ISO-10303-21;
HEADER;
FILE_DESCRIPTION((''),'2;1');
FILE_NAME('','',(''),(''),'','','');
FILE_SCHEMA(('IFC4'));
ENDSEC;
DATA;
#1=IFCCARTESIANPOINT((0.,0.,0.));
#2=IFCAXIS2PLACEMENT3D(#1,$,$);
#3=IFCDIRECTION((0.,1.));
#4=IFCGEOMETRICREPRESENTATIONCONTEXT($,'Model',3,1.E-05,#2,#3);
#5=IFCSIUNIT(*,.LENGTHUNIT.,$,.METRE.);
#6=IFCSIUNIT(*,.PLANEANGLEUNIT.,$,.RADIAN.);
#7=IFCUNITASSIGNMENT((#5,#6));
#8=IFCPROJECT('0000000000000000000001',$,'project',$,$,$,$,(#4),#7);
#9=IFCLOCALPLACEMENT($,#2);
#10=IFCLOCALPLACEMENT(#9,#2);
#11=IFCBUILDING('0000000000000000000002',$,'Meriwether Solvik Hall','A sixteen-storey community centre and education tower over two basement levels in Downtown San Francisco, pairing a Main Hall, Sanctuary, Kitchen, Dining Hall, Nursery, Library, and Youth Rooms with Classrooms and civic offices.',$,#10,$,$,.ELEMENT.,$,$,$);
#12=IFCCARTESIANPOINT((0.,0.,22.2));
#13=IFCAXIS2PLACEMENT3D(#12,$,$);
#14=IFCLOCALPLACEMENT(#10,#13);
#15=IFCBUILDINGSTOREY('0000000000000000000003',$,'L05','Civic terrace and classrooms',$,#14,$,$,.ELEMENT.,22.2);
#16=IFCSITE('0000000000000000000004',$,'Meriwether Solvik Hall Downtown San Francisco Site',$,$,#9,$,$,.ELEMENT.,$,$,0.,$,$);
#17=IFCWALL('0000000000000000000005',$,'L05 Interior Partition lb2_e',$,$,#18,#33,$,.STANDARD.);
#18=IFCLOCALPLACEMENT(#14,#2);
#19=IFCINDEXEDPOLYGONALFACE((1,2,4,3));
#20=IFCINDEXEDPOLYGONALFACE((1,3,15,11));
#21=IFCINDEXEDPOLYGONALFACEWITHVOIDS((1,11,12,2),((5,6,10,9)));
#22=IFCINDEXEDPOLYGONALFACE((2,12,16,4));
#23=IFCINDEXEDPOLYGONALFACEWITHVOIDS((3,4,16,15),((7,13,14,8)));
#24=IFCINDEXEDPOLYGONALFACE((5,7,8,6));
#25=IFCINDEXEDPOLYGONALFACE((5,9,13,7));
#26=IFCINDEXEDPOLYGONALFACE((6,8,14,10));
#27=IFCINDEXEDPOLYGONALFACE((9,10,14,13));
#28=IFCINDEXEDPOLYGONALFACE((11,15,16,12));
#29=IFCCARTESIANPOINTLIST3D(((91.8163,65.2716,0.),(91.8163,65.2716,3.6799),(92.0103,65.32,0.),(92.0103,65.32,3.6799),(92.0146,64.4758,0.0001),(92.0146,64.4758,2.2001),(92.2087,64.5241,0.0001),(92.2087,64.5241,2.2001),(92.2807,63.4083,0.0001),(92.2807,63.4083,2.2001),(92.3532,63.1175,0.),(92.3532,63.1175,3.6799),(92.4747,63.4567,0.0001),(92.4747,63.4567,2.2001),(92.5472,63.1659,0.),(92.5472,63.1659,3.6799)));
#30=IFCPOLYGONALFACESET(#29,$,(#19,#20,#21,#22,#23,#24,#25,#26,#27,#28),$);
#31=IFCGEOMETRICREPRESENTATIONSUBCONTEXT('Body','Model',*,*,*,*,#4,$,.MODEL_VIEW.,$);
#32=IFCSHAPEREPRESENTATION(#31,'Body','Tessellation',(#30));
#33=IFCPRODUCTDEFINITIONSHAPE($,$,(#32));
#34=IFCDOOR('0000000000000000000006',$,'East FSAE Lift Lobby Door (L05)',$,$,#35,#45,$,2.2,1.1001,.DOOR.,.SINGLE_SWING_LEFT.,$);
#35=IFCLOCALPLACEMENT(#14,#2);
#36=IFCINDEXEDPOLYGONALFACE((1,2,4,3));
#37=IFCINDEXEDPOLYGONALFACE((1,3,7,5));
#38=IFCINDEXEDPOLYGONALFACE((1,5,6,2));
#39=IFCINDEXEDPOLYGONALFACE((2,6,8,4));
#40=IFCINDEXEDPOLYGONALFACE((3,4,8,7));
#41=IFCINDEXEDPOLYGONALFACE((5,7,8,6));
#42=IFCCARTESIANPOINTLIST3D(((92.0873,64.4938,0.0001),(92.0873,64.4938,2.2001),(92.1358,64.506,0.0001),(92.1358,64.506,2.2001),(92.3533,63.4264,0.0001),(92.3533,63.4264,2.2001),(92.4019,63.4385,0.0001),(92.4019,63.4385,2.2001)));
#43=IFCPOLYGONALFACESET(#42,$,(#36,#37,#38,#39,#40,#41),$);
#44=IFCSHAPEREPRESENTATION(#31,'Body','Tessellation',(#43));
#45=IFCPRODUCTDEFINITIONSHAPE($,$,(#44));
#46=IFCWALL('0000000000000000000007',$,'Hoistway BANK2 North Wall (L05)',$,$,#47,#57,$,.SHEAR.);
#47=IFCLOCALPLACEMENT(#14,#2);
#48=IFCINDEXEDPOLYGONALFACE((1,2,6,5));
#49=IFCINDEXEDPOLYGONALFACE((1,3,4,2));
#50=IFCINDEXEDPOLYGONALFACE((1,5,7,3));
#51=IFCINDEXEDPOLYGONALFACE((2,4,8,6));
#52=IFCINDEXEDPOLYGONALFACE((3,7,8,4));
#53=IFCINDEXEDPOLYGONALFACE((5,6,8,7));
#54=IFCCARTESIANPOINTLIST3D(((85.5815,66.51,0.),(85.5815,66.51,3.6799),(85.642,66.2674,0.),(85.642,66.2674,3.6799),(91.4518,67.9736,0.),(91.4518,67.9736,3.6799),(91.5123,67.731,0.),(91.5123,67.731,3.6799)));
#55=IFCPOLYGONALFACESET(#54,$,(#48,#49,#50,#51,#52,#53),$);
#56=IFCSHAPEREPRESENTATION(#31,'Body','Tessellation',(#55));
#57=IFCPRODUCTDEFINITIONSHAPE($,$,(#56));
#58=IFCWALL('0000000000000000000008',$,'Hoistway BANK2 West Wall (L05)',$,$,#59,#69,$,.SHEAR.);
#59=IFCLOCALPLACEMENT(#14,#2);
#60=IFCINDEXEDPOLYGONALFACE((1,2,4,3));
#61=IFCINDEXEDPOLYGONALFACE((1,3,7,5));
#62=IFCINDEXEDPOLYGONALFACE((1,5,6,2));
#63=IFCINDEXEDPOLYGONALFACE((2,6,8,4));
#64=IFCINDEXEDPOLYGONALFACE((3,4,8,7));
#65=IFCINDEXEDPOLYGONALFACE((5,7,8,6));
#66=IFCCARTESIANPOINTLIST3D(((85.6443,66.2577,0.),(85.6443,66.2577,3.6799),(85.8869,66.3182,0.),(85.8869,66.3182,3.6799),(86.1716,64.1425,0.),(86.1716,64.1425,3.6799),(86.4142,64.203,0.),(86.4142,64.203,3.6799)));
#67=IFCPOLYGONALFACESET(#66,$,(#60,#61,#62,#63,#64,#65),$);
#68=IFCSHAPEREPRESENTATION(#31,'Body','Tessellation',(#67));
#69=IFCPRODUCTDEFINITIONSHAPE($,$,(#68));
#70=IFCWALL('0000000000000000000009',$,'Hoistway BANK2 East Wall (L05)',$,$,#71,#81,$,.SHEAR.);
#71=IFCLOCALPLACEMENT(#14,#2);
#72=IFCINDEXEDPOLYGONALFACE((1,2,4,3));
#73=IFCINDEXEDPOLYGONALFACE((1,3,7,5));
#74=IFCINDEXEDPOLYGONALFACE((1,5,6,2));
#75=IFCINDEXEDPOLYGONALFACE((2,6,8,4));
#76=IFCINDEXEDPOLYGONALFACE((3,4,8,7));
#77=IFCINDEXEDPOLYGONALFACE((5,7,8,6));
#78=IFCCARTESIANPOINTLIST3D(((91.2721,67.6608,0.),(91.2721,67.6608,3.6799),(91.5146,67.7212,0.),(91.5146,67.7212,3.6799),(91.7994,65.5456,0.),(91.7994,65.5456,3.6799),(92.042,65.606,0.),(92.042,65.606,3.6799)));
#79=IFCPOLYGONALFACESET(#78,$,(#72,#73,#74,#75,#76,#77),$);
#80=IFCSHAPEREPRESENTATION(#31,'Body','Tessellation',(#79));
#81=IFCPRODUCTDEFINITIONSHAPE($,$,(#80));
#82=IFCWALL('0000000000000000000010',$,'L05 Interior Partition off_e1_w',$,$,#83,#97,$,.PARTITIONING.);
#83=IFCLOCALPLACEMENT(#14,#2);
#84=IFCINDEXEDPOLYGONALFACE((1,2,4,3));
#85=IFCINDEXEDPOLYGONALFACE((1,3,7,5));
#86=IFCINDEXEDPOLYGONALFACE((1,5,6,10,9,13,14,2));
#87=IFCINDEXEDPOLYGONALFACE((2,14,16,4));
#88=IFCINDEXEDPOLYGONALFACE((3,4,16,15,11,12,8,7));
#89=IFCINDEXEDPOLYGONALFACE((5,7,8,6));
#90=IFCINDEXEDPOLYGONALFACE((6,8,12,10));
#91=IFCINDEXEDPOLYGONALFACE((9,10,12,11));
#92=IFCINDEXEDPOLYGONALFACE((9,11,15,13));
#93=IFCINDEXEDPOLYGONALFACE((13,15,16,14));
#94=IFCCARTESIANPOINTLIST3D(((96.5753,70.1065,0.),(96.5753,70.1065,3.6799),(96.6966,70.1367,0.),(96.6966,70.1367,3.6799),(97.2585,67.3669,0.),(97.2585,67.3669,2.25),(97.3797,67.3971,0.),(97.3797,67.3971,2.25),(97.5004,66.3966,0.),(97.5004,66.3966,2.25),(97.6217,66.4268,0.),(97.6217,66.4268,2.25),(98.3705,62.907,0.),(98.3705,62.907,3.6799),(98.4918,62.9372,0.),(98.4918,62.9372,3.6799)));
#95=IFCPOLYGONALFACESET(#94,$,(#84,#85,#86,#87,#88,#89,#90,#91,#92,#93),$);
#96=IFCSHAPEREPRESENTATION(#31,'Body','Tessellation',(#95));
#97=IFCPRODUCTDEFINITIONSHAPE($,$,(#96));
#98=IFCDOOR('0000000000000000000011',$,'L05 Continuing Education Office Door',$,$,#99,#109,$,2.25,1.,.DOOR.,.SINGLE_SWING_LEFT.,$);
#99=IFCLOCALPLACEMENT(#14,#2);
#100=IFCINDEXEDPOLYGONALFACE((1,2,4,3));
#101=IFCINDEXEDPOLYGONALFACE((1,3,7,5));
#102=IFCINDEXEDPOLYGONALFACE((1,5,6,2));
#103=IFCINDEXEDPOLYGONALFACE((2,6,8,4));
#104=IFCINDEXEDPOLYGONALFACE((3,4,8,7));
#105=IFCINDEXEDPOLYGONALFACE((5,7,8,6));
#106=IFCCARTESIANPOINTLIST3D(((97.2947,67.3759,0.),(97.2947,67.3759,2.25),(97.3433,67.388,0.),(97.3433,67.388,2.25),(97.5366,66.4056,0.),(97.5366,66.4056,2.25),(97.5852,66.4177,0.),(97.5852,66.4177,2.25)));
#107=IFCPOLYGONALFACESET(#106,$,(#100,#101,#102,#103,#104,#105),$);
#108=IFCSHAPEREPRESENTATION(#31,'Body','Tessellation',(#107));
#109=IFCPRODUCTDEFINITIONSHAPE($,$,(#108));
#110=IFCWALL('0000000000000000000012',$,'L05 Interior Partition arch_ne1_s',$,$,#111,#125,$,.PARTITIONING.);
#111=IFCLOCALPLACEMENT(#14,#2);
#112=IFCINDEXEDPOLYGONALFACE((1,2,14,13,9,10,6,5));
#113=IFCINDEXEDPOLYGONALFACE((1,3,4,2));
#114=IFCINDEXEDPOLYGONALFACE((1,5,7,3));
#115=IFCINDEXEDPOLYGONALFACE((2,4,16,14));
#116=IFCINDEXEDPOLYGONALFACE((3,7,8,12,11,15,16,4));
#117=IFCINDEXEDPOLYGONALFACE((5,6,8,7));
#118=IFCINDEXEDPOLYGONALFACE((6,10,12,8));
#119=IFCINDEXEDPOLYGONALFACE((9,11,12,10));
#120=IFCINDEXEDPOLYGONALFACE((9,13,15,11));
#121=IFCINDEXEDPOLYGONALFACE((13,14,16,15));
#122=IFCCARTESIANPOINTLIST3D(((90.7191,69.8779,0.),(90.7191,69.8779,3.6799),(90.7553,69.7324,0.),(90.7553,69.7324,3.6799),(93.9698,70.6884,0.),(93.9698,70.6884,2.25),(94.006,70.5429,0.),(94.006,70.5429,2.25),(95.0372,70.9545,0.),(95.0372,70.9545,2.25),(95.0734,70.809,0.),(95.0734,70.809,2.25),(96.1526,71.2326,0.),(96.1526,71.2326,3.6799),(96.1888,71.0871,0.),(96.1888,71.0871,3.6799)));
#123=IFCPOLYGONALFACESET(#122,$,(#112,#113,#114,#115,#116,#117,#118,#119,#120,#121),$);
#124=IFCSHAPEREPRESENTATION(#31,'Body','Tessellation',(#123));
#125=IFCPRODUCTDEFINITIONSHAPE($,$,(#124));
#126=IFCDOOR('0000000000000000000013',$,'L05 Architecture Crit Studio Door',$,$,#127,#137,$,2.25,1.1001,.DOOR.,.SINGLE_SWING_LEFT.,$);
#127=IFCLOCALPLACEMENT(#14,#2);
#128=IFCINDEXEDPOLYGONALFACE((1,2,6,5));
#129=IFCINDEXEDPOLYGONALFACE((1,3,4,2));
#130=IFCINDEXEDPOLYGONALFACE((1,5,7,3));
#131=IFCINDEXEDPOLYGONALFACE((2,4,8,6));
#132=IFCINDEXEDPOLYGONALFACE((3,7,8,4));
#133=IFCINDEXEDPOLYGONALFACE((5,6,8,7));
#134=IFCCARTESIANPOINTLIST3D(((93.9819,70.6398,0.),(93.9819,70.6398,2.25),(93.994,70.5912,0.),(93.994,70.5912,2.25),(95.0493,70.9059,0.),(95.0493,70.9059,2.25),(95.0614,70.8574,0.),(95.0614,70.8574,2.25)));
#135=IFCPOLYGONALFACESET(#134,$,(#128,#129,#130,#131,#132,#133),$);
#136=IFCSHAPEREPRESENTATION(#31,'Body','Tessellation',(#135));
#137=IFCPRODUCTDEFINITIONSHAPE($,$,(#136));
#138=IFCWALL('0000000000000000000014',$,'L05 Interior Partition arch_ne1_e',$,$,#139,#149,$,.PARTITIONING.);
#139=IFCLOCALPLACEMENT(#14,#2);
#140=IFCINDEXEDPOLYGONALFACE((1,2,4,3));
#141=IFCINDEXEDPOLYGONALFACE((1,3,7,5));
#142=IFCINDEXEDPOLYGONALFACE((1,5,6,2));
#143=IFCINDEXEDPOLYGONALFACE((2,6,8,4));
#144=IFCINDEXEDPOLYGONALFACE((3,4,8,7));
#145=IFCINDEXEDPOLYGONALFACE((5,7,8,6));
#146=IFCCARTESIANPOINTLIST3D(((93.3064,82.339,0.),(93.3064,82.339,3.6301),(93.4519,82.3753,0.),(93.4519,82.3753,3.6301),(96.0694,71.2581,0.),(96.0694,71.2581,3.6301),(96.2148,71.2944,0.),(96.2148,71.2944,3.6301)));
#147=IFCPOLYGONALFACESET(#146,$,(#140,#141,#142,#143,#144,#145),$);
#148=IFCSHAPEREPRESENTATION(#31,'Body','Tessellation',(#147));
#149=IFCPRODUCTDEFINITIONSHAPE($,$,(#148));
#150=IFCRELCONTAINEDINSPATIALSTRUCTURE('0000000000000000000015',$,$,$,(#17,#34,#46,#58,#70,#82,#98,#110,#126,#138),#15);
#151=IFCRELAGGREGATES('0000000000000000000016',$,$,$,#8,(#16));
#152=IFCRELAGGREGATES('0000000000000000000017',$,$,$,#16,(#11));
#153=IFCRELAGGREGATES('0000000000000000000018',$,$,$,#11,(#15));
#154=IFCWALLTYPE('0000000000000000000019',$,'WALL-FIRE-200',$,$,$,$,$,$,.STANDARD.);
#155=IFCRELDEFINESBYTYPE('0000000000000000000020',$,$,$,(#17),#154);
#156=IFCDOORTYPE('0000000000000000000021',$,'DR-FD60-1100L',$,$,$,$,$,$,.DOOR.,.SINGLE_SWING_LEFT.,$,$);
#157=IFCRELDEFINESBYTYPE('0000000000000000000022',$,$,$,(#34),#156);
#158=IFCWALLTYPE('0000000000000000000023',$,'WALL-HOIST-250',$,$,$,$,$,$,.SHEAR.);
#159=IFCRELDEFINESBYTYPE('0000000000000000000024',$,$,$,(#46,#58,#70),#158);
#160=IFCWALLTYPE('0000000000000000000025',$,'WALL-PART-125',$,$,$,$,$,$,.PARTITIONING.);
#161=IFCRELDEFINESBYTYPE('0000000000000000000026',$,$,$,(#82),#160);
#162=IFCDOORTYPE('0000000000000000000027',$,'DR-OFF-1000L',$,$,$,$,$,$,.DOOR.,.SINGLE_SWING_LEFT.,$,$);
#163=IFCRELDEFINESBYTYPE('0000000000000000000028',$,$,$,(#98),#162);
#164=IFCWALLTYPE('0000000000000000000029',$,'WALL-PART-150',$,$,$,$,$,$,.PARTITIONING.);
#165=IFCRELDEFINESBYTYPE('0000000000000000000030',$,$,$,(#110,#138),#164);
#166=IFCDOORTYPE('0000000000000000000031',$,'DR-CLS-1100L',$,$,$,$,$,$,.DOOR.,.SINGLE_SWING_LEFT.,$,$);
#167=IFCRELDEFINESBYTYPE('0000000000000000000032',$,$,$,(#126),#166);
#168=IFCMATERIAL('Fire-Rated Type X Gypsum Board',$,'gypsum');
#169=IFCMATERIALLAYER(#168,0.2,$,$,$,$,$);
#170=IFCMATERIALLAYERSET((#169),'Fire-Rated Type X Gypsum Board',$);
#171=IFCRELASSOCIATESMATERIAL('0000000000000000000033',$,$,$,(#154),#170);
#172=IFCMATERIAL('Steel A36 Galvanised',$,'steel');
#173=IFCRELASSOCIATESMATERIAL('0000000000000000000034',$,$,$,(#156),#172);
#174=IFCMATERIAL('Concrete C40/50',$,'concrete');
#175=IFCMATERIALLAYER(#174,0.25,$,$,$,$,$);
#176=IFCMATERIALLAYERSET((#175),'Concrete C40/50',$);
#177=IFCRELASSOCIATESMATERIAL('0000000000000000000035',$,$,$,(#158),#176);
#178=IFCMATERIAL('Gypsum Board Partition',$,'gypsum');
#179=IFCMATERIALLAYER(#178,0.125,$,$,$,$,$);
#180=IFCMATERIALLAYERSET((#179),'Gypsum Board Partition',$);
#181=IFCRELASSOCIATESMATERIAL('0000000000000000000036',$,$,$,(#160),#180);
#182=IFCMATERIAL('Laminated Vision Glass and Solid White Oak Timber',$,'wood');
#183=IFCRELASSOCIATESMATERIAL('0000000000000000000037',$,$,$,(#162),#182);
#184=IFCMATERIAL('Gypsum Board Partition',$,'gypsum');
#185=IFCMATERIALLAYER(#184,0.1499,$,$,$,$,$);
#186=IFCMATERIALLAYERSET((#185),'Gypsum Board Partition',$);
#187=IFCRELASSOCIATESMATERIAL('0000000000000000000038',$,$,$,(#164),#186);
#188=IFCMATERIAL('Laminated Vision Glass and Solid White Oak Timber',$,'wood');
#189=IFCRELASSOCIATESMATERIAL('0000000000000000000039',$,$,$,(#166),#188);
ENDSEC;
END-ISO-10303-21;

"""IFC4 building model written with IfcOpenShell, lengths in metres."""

from ifc_helpers import new_model, si_unit, direction, frame, frame_2d, origin, place, context, subcontext, project, spatial, rectangle, extrude, material, layer, layer_set, type_object, element, fill, save


model = new_model("IFC4")

# Units and contexts
model_context = context("Model", 3, precision=1e-05, world=origin(), true_north=direction((0.0, 1.0)))
body_context = subcontext(model_context, "Body", "Model", "MODEL_VIEW")
ifc_project = project(units=[si_unit("LENGTHUNIT", "METRE"), si_unit("PLANEANGLEUNIT", "RADIAN")], contexts=[model_context])

# Site, building, storey
site_placement = place(None, origin())
site = spatial("IfcSite", under=ifc_project, at=site_placement, Name="Meriwether Solvik Hall Downtown San Francisco Site", CompositionType="ELEMENT", RefElevation=0.0)
building_placement = place(site_placement, origin())
building = spatial("IfcBuilding", under=site, at=building_placement, Name="Meriwether Solvik Hall", Description="A sixteen-storey community centre and education tower over two basement levels in Downtown San Francisco, pairing a Main Hall, Sanctuary, Kitchen, Dining Hall, Nursery, Library, and Youth Rooms with Classrooms and civic offices.", CompositionType="ELEMENT")
storey_placement = place(building_placement, frame((0.0, 0.0, 22.2)))
storey = spatial("IfcBuildingStorey", under=building, at=storey_placement, Name="L05", Description="Civic terrace and classrooms", CompositionType="ELEMENT", Elevation=22.2)

# Wall, opening, door
ifc_material_1 = material(Name="Fire-Rated Type X Gypsum Board", Category="gypsum")
ifc_layer_1 = layer(ifc_material_1, 0.2)
ifc_layer_set_1 = layer_set([ifc_layer_1], Name="Fire-Rated Type X Gypsum Board")
wall_type_1 = type_object("IfcWallType", Name="WALL-FIRE-200", PredefinedType="STANDARD", material=ifc_layer_set_1)
wall_1_placement = place(storey_placement, frame((91.9133, 65.2957, 0.0), z_axis=(0.0, 0.0, 1.0), x_axis=(0.241837, -0.970317, 0.0)))
wall_1 = element("IfcWall", 1, at=wall_1_placement, inside=storey, type_object=wall_type_1, Name="L05 Interior Partition lb2_e", PredefinedType="STANDARD", context=body_context, shape_type="SweptSolid", body=[
    extrude(rectangle(XDim=2.22, YDim=0.2, at=frame_2d((1.1099, 0.0))), origin(), (0.0, 0.0, 1.0), 3.6799),
])
opening_1_placement = place(wall_1_placement, frame((0.8201, 0.0, 0.0)))
opening_1 = element("IfcOpeningElement", 2, at=opening_1_placement, cuts=wall_1, PredefinedType="OPENING", context=body_context, shape_type="SweptSolid", body=[
    extrude(rectangle(XDim=1.1001, YDim=2.2, at=frame_2d((0.55, 1.1001))), frame((0.0, 0.1118, 0.0), z_axis=(0.0, -1.0, 0.0), x_axis=(1.0, 0.0, 0.0)), (0.0, 0.0, 1.0), 0.2239),
])
ifc_material_2 = material(Name="Steel A36 Galvanised", Category="steel")
door_type_1 = type_object("IfcDoorType", Name="DR-FD60-1100L", OperationType="SINGLE_SWING_LEFT", PredefinedType="DOOR", material=ifc_material_2)
door_1_placement = place(opening_1_placement, origin())
door_1 = element("IfcDoor", 3, at=door_1_placement, inside=storey, type_object=door_type_1, Name="East FSAE Lift Lobby Door (L05)", OperationType="SINGLE_SWING_LEFT", OverallHeight=2.2, OverallWidth=1.1001, PredefinedType="DOOR", context=body_context, shape_type="SweptSolid", body=[
    extrude(rectangle(XDim=1.1001, YDim=2.2, at=frame_2d((0.55, 1.1001))), frame((0.0, 0.0249, 0.0), z_axis=(0.0, -1.0, 0.0), x_axis=(1.0, 0.0, 0.0)), (0.0, 0.0, 1.0), 0.05),
])
fill(opening_1, door_1)

# Walls
ifc_material_3 = material(Name="Concrete C40/50", Category="concrete")
ifc_layer_2 = layer(ifc_material_3, 0.25)
ifc_layer_set_2 = layer_set([ifc_layer_2], Name="Concrete C40/50")
wall_type_2 = type_object("IfcWallType", Name="WALL-HOIST-250", PredefinedType="SHEAR", material=ifc_layer_set_2)
wall_2_placement = place(storey_placement, frame((91.4819, 67.8523, 0.0), z_axis=(0.0, 0.0, 1.0), x_axis=(-0.970297, -0.241918, 0.0)))
element("IfcWall", 4, at=wall_2_placement, inside=storey, type_object=wall_type_2, Name="Hoistway BANK2 North Wall (L05)", PredefinedType="SHEAR", context=body_context, shape_type="SweptSolid", body=[
    extrude(rectangle(XDim=6.05, YDim=0.25, at=frame_2d((3.0249, 0.0))), origin(), (0.0, 0.0, 1.0), 3.6799),
])
for number, where, z_axis, x_axis, name in (
    (5, (85.7656, 66.2878, 0.0), (0.0, 0.0, 1.0), (0.241903, -0.9703, 0.0), "Hoistway BANK2 West Wall (L05)"),
    (6, (91.9207, 65.5759, 0.0), (0.0, 0.0, 1.0), (-0.241903, 0.9703, 0.0), "Hoistway BANK2 East Wall (L05)"),
):
    element("IfcWall", number, at=place(storey_placement, frame(where, z_axis=z_axis, x_axis=x_axis)), inside=storey, type_object=wall_type_2, Name=name, PredefinedType="SHEAR", context=body_context, shape_type="SweptSolid", body=[
        extrude(rectangle(XDim=2.1799, YDim=0.25, at=frame_2d((1.0898, 0.0))), origin(), (0.0, 0.0, 1.0), 3.6799),
    ])

# Walls, openings, doors
ifc_material_4 = material(Name="Gypsum Board Partition", Category="gypsum")
ifc_layer_3 = layer(ifc_material_4, 0.125)
ifc_layer_set_3 = layer_set([ifc_layer_3], Name="Gypsum Board Partition")
wall_type_3 = type_object("IfcWallType", Name="WALL-PART-125", PredefinedType="PARTITIONING", material=ifc_layer_set_3)
wall_3_placement = place(storey_placement, frame((96.636, 70.1216, 0.0), z_axis=(0.0, 0.0, 1.0), x_axis=(0.241939, -0.970291, 0.0)))
wall_3 = element("IfcWall", 7, at=wall_3_placement, inside=storey, type_object=wall_type_3, Name="L05 Interior Partition off_e1_w", PredefinedType="PARTITIONING", context=body_context, shape_type="SweptSolid", body=[
    extrude(rectangle(XDim=7.4199, YDim=0.125, at=frame_2d((3.71, 0.0))), origin(), (0.0, 0.0, 1.0), 3.6799),
])
opening_2_placement = place(wall_3_placement, frame((2.8235, 0.0, 0.0)))
opening_2 = element("IfcOpeningElement", 8, at=opening_2_placement, cuts=wall_3, PredefinedType="OPENING", context=body_context, shape_type="SweptSolid", body=[
    extrude(rectangle(XDim=1.0, YDim=2.25, at=frame_2d((0.5, 1.125))), frame((0.0, 0.0745, 0.0), z_axis=(0.0, -1.0, 0.0), x_axis=(1.0, 0.0, 0.0)), (0.0, 0.0, 1.0), 0.1489),
])
ifc_material_5 = material(Name="Laminated Vision Glass and Solid White Oak Timber", Category="wood")
door_type_2 = type_object("IfcDoorType", Name="DR-OFF-1000L", OperationType="SINGLE_SWING_LEFT", PredefinedType="DOOR", material=ifc_material_5)
door_2_placement = place(opening_2_placement, origin())
door_2 = element("IfcDoor", 9, at=door_2_placement, inside=storey, type_object=door_type_2, Name="L05 Continuing Education Office Door", OperationType="SINGLE_SWING_LEFT", OverallHeight=2.25, OverallWidth=1.0, PredefinedType="DOOR", context=body_context, shape_type="SweptSolid", body=[
    extrude(rectangle(XDim=1.0, YDim=2.25, at=frame_2d((0.5, 1.125))), frame((0.0, 0.0249, 0.0), z_axis=(0.0, -1.0, 0.0), x_axis=(1.0, 0.0, 0.0)), (0.0, 0.0, 1.0), 0.05),
])
fill(opening_2, door_2)
ifc_material_6 = material(Name="Gypsum Board Partition", Category="gypsum")
ifc_layer_4 = layer(ifc_material_6, 0.1499)
ifc_layer_set_4 = layer_set([ifc_layer_4], Name="Gypsum Board Partition")
wall_type_4 = type_object("IfcWallType", Name="WALL-PART-150", PredefinedType="PARTITIONING", material=ifc_layer_set_4)
wall_4_placement = place(storey_placement, frame((90.7373, 69.8052, 0.0), z_axis=(0.0, 0.0, 1.0), x_axis=(0.970296, 0.24192, 0.0)))
wall_4 = element("IfcWall", 10, at=wall_4_placement, inside=storey, type_object=wall_type_4, Name="L05 Interior Partition arch_ne1_s", PredefinedType="PARTITIONING", context=body_context, shape_type="SweptSolid", body=[
    extrude(rectangle(XDim=5.5999, YDim=0.1499, at=frame_2d((2.7998, 0.0))), origin(), (0.0, 0.0, 1.0), 3.6799),
])
opening_3_placement = place(wall_4_placement, frame((3.3501, 0.0, 0.0)))
opening_3 = element("IfcOpeningElement", 11, at=opening_3_placement, cuts=wall_4, PredefinedType="OPENING", context=body_context, shape_type="SweptSolid", body=[
    extrude(rectangle(XDim=1.1001, YDim=2.25, at=frame_2d((0.55, 1.125))), frame((0.0, 0.0869, 0.0), z_axis=(0.0, -1.0, 0.0), x_axis=(1.0, 0.0, 0.0)), (0.0, 0.0, 1.0), 0.1738),
])
ifc_material_7 = material(Name="Laminated Vision Glass and Solid White Oak Timber", Category="wood")
door_type_3 = type_object("IfcDoorType", Name="DR-CLS-1100L", OperationType="SINGLE_SWING_LEFT", PredefinedType="DOOR", material=ifc_material_7)
door_3_placement = place(opening_3_placement, origin())
door_3 = element("IfcDoor", 12, at=door_3_placement, inside=storey, type_object=door_type_3, Name="L05 Architecture Crit Studio Door", OperationType="SINGLE_SWING_LEFT", OverallHeight=2.25, OverallWidth=1.1001, PredefinedType="DOOR", context=body_context, shape_type="SweptSolid", body=[
    extrude(rectangle(XDim=1.1001, YDim=2.25, at=frame_2d((0.55, 1.125))), frame((0.0, 0.0249, 0.0), z_axis=(0.0, -1.0, 0.0), x_axis=(1.0, 0.0, 0.0)), (0.0, 0.0, 1.0), 0.05),
])
fill(opening_3, door_3)

# Wall
wall_5_placement = place(storey_placement, frame((96.1421, 71.2764, 0.0), z_axis=(0.0, 0.0, 1.0), x_axis=(-0.241937, 0.970292, 0.0)))
element("IfcWall", 13, at=wall_5_placement, inside=storey, type_object=wall_type_4, Name="L05 Interior Partition arch_ne1_e", PredefinedType="PARTITIONING", context=body_context, shape_type="SweptSolid", body=[
    extrude(rectangle(XDim=11.4202, YDim=0.1499, at=frame_2d((5.71, 0.0))), origin(), (0.0, 0.0, 1.0), 3.6301),
])

save(model, "model.ifc")
